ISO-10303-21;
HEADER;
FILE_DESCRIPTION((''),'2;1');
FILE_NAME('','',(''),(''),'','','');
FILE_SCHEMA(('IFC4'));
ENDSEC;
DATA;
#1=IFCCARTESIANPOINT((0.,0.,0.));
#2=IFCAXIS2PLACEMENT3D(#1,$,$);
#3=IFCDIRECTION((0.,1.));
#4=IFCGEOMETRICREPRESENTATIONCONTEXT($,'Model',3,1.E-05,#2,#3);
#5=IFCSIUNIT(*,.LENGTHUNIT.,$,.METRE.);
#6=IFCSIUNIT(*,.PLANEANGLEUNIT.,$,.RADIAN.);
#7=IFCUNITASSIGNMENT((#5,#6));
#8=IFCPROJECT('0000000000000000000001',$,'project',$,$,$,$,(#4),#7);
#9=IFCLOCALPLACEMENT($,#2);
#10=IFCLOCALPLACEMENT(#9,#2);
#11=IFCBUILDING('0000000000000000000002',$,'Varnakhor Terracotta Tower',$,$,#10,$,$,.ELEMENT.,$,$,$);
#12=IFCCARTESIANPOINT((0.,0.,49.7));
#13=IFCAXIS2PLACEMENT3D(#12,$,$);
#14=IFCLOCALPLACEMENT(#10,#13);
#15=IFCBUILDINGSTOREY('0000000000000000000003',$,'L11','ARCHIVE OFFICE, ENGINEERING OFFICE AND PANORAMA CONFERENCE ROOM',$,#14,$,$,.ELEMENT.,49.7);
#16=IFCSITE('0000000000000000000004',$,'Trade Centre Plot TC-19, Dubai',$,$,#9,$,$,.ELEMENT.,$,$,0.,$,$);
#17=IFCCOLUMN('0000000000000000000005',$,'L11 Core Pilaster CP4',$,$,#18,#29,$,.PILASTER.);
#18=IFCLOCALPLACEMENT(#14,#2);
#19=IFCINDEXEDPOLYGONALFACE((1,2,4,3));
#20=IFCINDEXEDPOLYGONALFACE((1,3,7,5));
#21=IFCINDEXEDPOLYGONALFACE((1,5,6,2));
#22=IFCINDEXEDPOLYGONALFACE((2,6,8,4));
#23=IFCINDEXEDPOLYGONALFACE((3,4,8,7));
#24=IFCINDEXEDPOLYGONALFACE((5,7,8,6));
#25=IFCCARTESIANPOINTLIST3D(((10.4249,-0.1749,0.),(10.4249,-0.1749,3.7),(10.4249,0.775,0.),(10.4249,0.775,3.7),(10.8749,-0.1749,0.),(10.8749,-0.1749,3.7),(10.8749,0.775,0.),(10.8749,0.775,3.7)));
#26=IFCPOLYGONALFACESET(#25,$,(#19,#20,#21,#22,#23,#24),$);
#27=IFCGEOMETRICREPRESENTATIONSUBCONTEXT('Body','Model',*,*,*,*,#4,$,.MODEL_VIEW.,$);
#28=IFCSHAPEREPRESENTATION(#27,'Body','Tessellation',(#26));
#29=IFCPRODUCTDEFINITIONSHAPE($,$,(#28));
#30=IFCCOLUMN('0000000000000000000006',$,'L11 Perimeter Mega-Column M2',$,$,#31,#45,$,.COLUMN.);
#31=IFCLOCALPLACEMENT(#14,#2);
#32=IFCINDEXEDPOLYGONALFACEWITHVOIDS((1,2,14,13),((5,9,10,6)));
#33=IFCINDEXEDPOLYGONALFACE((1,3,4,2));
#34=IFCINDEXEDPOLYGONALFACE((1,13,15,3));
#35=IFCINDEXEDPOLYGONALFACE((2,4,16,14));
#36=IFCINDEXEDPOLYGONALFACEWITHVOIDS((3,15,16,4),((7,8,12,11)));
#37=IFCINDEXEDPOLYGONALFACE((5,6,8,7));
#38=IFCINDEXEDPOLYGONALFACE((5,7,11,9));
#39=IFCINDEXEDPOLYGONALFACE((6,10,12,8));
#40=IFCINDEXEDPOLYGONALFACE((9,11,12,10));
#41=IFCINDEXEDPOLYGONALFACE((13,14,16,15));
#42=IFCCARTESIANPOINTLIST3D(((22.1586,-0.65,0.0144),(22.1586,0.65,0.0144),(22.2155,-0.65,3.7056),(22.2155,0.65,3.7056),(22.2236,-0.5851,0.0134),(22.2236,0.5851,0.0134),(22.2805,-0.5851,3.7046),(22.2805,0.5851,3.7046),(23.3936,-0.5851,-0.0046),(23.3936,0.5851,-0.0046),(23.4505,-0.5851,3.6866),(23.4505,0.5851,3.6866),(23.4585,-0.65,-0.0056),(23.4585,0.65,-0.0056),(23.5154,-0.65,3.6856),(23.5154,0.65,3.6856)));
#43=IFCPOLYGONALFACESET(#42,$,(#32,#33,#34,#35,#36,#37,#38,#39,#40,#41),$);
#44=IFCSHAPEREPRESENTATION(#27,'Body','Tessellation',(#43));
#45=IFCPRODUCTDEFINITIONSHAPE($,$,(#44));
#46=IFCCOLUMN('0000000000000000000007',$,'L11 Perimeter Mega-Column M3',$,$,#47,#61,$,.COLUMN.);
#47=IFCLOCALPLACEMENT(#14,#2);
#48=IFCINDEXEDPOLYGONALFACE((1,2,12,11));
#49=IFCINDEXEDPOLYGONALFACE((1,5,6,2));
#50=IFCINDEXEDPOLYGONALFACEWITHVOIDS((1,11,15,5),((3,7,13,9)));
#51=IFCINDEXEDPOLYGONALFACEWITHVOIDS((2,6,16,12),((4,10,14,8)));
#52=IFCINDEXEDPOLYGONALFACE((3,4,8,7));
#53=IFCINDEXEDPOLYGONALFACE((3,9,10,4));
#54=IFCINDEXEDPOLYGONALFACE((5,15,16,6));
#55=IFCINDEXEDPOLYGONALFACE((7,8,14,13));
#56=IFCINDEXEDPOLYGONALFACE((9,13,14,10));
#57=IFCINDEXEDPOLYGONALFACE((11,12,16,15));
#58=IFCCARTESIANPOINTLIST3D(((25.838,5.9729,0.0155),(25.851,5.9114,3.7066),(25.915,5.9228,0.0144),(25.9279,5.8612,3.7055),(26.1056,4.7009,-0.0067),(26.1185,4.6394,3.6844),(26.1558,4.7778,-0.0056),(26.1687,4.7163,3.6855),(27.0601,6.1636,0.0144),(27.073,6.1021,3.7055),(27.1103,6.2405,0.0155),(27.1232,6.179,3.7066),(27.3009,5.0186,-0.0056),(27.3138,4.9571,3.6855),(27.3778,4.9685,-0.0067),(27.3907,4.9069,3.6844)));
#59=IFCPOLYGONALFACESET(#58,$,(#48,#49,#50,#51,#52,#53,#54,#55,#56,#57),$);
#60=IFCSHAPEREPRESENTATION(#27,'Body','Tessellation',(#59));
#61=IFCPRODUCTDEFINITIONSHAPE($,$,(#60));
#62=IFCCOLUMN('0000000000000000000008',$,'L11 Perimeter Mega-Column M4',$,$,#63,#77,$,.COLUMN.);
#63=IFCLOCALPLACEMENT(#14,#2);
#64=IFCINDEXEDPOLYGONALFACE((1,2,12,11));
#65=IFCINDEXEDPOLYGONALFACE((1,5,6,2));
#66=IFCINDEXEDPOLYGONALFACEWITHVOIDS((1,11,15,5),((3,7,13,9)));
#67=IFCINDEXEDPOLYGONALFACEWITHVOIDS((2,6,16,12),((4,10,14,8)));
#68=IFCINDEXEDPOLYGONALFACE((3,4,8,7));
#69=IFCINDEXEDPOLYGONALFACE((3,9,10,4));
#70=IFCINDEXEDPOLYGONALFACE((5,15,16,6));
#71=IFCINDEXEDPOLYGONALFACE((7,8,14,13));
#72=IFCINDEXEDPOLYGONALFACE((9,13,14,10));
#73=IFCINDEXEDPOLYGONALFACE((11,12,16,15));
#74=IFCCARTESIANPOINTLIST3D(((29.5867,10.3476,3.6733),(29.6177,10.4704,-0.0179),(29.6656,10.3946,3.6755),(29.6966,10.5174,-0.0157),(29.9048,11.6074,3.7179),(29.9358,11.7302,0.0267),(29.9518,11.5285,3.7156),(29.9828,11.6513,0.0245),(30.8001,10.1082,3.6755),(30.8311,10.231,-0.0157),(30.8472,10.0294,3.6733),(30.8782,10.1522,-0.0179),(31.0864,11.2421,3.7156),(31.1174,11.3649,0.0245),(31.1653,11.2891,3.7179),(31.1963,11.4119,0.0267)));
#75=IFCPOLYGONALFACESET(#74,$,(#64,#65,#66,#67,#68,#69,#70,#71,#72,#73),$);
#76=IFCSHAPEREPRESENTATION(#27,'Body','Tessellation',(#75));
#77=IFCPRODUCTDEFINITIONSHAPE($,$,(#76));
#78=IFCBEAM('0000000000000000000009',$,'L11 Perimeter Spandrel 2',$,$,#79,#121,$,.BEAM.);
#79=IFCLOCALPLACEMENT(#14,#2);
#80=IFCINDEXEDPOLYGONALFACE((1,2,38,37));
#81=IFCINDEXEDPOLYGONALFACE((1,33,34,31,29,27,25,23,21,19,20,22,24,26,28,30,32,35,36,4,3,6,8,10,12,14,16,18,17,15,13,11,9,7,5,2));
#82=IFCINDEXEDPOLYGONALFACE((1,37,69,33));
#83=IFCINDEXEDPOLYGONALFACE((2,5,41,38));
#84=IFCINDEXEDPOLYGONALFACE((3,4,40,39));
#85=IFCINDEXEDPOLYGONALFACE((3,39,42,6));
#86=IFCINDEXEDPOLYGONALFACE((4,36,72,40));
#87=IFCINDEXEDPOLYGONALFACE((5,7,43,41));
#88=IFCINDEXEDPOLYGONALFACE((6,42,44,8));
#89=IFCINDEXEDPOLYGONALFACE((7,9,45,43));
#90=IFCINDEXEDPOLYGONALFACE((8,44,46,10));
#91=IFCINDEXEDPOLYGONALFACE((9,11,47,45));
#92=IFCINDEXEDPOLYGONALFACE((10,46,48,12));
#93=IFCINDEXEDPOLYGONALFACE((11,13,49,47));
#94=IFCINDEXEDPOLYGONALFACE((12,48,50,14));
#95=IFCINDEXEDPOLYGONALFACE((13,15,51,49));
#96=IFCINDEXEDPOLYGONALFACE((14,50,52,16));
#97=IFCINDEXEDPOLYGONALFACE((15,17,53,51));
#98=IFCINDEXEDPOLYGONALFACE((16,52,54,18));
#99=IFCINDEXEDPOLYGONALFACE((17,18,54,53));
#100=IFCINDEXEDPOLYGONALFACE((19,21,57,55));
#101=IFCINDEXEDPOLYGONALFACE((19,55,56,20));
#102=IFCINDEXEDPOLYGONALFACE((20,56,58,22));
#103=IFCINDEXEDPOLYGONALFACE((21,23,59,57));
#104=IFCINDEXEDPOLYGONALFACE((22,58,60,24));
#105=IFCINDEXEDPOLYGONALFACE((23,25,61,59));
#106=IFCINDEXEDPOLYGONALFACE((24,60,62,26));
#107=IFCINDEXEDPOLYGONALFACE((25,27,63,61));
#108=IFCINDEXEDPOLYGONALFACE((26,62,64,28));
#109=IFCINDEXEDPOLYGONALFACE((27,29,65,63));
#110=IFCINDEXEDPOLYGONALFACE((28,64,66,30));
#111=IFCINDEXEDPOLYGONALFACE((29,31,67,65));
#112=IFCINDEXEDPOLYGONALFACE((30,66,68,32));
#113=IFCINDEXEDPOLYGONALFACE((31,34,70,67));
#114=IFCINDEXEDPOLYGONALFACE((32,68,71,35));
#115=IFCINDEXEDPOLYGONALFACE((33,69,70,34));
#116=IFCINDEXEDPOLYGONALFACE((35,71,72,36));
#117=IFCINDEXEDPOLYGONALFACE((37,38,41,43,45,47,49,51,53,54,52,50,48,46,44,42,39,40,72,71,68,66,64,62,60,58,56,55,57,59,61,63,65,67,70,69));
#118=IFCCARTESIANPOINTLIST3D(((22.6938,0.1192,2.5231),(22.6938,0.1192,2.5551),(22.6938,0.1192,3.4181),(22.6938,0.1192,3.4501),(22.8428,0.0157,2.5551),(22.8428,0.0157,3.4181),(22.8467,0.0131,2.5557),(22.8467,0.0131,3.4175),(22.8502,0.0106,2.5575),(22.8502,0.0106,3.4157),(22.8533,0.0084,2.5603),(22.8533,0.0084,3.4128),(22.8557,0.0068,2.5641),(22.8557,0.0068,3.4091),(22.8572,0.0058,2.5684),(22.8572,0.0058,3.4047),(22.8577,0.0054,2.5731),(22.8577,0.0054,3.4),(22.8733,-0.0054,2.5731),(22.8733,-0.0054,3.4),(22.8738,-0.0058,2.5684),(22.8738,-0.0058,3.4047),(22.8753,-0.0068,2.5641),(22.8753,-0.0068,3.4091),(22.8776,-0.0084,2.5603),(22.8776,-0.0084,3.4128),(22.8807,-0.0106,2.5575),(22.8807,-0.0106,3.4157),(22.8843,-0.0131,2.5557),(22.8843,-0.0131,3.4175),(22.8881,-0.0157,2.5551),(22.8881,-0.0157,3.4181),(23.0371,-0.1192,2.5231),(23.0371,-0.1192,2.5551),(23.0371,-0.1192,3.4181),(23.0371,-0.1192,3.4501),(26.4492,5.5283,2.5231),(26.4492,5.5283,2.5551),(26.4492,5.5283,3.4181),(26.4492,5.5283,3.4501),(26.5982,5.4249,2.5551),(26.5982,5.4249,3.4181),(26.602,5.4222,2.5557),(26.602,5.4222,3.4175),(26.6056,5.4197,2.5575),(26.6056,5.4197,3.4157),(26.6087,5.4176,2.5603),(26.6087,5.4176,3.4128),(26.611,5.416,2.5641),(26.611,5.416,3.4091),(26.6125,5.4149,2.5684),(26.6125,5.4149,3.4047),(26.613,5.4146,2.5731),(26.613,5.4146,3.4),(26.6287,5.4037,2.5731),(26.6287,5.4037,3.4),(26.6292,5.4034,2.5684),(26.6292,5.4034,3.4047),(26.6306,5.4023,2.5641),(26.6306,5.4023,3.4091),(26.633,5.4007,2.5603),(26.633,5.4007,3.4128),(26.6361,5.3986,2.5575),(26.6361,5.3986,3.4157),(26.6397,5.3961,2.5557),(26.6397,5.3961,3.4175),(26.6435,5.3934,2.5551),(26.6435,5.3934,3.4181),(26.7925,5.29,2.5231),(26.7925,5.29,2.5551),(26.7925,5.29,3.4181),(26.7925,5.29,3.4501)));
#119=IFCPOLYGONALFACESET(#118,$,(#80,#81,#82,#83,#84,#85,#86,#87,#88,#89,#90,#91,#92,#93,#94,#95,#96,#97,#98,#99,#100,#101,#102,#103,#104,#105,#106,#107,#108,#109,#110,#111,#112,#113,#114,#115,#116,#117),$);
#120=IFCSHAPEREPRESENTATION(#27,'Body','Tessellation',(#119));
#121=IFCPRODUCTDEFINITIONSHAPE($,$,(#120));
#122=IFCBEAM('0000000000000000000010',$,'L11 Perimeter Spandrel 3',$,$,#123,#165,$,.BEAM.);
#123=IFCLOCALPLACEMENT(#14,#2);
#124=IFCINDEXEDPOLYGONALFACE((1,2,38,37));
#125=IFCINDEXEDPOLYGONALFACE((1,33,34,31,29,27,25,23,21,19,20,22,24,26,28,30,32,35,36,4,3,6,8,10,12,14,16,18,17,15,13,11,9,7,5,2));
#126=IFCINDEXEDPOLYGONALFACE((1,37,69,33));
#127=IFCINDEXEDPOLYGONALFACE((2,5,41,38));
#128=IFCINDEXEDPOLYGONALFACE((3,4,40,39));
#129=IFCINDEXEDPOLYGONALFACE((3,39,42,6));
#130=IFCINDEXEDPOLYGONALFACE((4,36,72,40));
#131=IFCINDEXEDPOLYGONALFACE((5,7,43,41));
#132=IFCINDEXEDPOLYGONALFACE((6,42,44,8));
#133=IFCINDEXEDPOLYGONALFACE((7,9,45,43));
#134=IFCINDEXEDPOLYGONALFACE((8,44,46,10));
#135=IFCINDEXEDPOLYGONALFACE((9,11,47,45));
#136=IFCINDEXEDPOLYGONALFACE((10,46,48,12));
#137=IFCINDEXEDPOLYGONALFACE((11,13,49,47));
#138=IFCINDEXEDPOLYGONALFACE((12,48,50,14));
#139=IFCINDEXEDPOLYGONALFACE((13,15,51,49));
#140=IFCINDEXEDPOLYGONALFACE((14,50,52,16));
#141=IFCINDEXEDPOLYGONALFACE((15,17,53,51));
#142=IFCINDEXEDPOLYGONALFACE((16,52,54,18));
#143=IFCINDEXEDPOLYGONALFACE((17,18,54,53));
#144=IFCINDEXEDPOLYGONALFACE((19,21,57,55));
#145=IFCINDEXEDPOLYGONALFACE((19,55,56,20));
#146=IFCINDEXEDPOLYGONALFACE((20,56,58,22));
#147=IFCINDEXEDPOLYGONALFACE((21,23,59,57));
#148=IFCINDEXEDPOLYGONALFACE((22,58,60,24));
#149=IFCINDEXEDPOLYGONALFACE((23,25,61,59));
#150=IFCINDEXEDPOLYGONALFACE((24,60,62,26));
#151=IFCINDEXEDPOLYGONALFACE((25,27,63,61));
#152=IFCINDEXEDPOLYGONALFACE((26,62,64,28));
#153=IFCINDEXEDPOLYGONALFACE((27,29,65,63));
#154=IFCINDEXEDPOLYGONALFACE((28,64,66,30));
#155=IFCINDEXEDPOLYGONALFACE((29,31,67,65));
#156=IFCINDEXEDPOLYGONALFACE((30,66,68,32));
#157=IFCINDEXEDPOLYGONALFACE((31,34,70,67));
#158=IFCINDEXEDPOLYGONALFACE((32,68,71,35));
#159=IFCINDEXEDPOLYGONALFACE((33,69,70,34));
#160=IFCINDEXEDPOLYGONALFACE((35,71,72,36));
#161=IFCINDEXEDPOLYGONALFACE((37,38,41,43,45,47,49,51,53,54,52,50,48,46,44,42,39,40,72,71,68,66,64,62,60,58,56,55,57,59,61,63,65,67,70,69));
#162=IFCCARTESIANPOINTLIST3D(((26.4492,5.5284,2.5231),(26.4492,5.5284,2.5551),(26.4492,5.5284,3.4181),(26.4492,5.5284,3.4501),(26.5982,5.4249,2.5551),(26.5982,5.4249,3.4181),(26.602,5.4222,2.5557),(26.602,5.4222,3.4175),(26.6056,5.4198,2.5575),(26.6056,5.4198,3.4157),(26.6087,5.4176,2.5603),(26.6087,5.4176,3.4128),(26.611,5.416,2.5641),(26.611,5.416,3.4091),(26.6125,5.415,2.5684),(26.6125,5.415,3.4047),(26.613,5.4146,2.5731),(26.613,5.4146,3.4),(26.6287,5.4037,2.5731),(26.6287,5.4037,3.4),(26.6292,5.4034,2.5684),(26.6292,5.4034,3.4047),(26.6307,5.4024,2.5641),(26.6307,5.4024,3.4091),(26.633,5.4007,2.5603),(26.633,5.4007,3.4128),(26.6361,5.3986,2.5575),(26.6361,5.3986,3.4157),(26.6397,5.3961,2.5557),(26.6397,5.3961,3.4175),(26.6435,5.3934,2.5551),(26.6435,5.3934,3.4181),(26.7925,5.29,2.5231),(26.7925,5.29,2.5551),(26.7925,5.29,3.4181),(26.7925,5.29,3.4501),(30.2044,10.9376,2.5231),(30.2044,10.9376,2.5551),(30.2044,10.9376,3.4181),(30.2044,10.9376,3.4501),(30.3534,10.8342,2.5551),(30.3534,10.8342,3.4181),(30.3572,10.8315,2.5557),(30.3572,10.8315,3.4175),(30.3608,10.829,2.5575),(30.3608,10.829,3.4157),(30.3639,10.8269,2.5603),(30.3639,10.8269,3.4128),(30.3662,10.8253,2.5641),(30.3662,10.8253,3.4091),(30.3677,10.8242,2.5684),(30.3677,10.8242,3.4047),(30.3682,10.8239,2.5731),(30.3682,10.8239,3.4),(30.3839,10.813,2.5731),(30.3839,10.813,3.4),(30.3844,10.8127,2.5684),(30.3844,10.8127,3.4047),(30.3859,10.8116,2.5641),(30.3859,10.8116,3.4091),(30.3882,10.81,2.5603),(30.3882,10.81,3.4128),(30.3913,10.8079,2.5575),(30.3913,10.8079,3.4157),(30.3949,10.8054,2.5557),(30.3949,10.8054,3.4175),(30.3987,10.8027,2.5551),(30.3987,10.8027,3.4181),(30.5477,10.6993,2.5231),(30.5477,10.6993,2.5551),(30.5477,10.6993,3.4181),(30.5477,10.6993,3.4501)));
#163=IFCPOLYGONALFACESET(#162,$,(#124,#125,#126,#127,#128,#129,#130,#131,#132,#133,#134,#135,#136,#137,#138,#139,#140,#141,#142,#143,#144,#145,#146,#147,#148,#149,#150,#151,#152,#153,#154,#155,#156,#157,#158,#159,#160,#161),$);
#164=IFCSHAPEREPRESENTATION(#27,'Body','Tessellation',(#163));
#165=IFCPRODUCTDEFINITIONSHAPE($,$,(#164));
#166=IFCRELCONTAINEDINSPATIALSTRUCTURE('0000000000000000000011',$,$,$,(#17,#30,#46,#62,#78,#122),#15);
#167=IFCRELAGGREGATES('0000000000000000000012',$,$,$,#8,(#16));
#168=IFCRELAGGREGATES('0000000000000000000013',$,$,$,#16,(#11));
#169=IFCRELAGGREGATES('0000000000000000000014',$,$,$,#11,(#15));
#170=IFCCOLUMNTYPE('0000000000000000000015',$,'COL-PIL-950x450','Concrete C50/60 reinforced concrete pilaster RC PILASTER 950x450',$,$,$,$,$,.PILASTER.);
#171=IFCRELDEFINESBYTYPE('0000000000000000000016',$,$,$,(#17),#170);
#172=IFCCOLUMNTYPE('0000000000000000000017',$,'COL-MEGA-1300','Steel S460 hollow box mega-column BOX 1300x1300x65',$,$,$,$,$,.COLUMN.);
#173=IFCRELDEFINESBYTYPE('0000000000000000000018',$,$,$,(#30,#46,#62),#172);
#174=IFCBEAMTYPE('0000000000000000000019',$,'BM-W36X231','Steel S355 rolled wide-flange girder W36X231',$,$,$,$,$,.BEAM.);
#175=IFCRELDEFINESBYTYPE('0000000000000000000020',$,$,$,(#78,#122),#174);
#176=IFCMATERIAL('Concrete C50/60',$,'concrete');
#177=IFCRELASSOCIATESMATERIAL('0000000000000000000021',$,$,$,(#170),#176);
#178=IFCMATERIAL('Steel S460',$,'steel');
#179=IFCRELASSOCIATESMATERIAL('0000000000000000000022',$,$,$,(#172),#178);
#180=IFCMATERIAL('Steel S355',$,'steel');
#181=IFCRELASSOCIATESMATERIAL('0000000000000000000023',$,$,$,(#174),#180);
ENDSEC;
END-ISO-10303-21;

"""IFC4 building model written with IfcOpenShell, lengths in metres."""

from ifc_helpers import new_model, si_unit, direction, frame, origin, origin_2d, place, context, subcontext, project, spatial, rectangle, hollow_rectangle, i_section, extrude, source, transform, mapped, material, material_profile, profile_set, type_object, element, save


model = new_model("IFC4")

# Units and contexts
model_context = context("Model", 3, precision=1e-05, world=origin(), true_north=direction((0.0, 1.0)))
body_context = subcontext(model_context, "Body", "Model", "MODEL_VIEW")
ifc_project = project(units=[si_unit("LENGTHUNIT", "METRE"), si_unit("PLANEANGLEUNIT", "RADIAN")], contexts=[model_context])

# Site, building, storey
site_placement = place(None, origin())
site = spatial("IfcSite", under=ifc_project, at=site_placement, Name="Trade Centre Plot TC-19, Dubai", CompositionType="ELEMENT", RefElevation=0.0)
building_placement = place(site_placement, origin())
building = spatial("IfcBuilding", under=site, at=building_placement, Name="Varnakhor Terracotta Tower", CompositionType="ELEMENT")
storey_placement = place(building_placement, frame((0.0, 0.0, 49.7)))
storey = spatial("IfcBuildingStorey", under=building, at=storey_placement, Name="L11", Description="ARCHIVE OFFICE, ENGINEERING OFFICE AND PANORAMA CONFERENCE ROOM", CompositionType="ELEMENT", Elevation=49.7)

# Columns
ifc_material_1 = material(Name="Concrete C50/60", Category="concrete")
ifc_material_profile_1 = material_profile(ifc_material_1, rectangle(XDim=0.45, YDim=0.95, at=origin_2d()), Name="RC PILASTER 950x450")
ifc_profile_set_1 = profile_set([ifc_material_profile_1], Name="Concrete C50/60")
column_type_1 = type_object("IfcColumnType", Name="COL-PIL-950x450", Description="Concrete C50/60 reinforced concrete pilaster RC PILASTER 950x450", PredefinedType="PILASTER", material=ifc_profile_set_1)
shared_shape_1 = source(origin(), body_context, "Body", "SweptSolid", [
    extrude(rectangle(XDim=0.45, YDim=0.95, at=origin_2d()), origin(), (0.0, 0.0, 1.0), 3.7),
])
column_1_placement = place(storey_placement, frame((10.6499, 0.3, 0.0), z_axis=(0.0, 0.0, 1.0), x_axis=(1.0, 0.0, 0.0)))
element("IfcColumn", 1, at=column_1_placement, inside=storey, type_object=column_type_1, Name="L11 Core Pilaster CP4", PredefinedType="PILASTER", context=body_context, shape_type="MappedRepresentation", body=[
    mapped(shared_shape_1, transform((0.0, 0.0, 0.0), scale=1.0)),
])
ifc_material_2 = material(Name="Steel S460", Category="steel")
ifc_material_profile_2 = material_profile(ifc_material_2, hollow_rectangle(XDim=1.3, YDim=1.3, WallThickness=0.0649, at=origin_2d()), Name="BOX 1300x1300x65")
ifc_profile_set_2 = profile_set([ifc_material_profile_2], Name="Steel S460")
column_type_2 = type_object("IfcColumnType", Name="COL-MEGA-1300", Description="Steel S460 hollow box mega-column BOX 1300x1300x65", PredefinedType="COLUMN", material=ifc_profile_set_2)
shared_shape_2 = source(origin(), body_context, "Body", "SweptSolid", [
    extrude(hollow_rectangle(XDim=1.3, YDim=1.3, WallThickness=0.0649, at=origin_2d()), origin(), (0.0, 0.0, 1.0), 3.6917),
])
for number, where, z_axis, x_axis, name in (
    (2, (22.8086, 0.0, 0.0044), (0.015409, 0.0, 0.999881), (0.0, 1.0, 0.0), "L11 Perimeter Mega-Column M2"),
    (3, (26.6079, 5.4707, 0.0044), (0.003505, -0.016665, 0.999855), (0.978591, 0.205815, 0.0), "L11 Perimeter Mega-Column M3"),
):
    element("IfcColumn", number, at=place(storey_placement, frame(where, z_axis=z_axis, x_axis=x_axis)), inside=storey, type_object=column_type_2, Name=name, PredefinedType="COLUMN", context=body_context, shape_type="MappedRepresentation", body=[
        mapped(shared_shape_2, transform((0.0, 0.0, 0.0), scale=1.0)),
    ])
shared_shape_3 = source(origin(), body_context, "Body", "SweptSolid", [
    extrude(hollow_rectangle(XDim=1.3, YDim=1.3, WallThickness=0.0649, at=origin_2d()), origin(), (0.0, 0.0, 1.0), 3.6934),
])
column_2_placement = place(storey_placement, frame((30.407, 10.9412, 0.0044), z_axis=(-0.008395, -0.03325, 0.999412), x_axis=(0.969573, -0.244803, 0.0)))
element("IfcColumn", 4, at=column_2_placement, inside=storey, type_object=column_type_2, Name="L11 Perimeter Mega-Column M4", PredefinedType="COLUMN", context=body_context, shape_type="MappedRepresentation", body=[
    mapped(shared_shape_3, transform((0.0, 0.0, 0.0), scale=1.0)),
])

# Beams
ifc_material_3 = material(Name="Steel S355", Category="steel")
ifc_material_profile_3 = material_profile(ifc_material_3, i_section(OverallWidth=0.418, OverallDepth=0.927, WebThickness=0.019, FlangeThickness=0.032, FilletRadius=0.0181, at=origin_2d()), Name="W36X231")
ifc_profile_set_3 = profile_set([ifc_material_profile_3], Name="Steel S355")
beam_type_1 = type_object("IfcBeamType", Name="BM-W36X231", Description="Steel S355 rolled wide-flange girder W36X231", PredefinedType="BEAM", material=ifc_profile_set_3)
shared_shape_4 = source(origin(), body_context, "Body", "SweptSolid", [
    extrude(i_section(OverallWidth=0.418, OverallDepth=0.927, WebThickness=0.019, FlangeThickness=0.032, FilletRadius=0.0181, at=origin_2d()), origin(), (0.0, 0.0, 1.0), 6.585),
])
for number, where, z_axis, x_axis, name in (
    (5, (22.8655, 0.0, 2.9866), (0.570293, 0.821441, 0.0), (-0.821441, 0.570293, 0.0), "L11 Perimeter Spandrel 2"),
    (6, (26.6208, 5.4092, 2.9866), (0.570268, 0.821459, 0.0), (-0.821459, 0.570268, 0.0), "L11 Perimeter Spandrel 3"),
):
    element("IfcBeam", number, at=place(storey_placement, frame(where, z_axis=z_axis, x_axis=x_axis)), inside=storey, type_object=beam_type_1, Name=name, PredefinedType="BEAM", context=body_context, shape_type="MappedRepresentation", body=[
        mapped(shared_shape_4, transform((0.0, 0.0, 0.0), scale=1.0)),
    ])

save(model, "model.ifc")
